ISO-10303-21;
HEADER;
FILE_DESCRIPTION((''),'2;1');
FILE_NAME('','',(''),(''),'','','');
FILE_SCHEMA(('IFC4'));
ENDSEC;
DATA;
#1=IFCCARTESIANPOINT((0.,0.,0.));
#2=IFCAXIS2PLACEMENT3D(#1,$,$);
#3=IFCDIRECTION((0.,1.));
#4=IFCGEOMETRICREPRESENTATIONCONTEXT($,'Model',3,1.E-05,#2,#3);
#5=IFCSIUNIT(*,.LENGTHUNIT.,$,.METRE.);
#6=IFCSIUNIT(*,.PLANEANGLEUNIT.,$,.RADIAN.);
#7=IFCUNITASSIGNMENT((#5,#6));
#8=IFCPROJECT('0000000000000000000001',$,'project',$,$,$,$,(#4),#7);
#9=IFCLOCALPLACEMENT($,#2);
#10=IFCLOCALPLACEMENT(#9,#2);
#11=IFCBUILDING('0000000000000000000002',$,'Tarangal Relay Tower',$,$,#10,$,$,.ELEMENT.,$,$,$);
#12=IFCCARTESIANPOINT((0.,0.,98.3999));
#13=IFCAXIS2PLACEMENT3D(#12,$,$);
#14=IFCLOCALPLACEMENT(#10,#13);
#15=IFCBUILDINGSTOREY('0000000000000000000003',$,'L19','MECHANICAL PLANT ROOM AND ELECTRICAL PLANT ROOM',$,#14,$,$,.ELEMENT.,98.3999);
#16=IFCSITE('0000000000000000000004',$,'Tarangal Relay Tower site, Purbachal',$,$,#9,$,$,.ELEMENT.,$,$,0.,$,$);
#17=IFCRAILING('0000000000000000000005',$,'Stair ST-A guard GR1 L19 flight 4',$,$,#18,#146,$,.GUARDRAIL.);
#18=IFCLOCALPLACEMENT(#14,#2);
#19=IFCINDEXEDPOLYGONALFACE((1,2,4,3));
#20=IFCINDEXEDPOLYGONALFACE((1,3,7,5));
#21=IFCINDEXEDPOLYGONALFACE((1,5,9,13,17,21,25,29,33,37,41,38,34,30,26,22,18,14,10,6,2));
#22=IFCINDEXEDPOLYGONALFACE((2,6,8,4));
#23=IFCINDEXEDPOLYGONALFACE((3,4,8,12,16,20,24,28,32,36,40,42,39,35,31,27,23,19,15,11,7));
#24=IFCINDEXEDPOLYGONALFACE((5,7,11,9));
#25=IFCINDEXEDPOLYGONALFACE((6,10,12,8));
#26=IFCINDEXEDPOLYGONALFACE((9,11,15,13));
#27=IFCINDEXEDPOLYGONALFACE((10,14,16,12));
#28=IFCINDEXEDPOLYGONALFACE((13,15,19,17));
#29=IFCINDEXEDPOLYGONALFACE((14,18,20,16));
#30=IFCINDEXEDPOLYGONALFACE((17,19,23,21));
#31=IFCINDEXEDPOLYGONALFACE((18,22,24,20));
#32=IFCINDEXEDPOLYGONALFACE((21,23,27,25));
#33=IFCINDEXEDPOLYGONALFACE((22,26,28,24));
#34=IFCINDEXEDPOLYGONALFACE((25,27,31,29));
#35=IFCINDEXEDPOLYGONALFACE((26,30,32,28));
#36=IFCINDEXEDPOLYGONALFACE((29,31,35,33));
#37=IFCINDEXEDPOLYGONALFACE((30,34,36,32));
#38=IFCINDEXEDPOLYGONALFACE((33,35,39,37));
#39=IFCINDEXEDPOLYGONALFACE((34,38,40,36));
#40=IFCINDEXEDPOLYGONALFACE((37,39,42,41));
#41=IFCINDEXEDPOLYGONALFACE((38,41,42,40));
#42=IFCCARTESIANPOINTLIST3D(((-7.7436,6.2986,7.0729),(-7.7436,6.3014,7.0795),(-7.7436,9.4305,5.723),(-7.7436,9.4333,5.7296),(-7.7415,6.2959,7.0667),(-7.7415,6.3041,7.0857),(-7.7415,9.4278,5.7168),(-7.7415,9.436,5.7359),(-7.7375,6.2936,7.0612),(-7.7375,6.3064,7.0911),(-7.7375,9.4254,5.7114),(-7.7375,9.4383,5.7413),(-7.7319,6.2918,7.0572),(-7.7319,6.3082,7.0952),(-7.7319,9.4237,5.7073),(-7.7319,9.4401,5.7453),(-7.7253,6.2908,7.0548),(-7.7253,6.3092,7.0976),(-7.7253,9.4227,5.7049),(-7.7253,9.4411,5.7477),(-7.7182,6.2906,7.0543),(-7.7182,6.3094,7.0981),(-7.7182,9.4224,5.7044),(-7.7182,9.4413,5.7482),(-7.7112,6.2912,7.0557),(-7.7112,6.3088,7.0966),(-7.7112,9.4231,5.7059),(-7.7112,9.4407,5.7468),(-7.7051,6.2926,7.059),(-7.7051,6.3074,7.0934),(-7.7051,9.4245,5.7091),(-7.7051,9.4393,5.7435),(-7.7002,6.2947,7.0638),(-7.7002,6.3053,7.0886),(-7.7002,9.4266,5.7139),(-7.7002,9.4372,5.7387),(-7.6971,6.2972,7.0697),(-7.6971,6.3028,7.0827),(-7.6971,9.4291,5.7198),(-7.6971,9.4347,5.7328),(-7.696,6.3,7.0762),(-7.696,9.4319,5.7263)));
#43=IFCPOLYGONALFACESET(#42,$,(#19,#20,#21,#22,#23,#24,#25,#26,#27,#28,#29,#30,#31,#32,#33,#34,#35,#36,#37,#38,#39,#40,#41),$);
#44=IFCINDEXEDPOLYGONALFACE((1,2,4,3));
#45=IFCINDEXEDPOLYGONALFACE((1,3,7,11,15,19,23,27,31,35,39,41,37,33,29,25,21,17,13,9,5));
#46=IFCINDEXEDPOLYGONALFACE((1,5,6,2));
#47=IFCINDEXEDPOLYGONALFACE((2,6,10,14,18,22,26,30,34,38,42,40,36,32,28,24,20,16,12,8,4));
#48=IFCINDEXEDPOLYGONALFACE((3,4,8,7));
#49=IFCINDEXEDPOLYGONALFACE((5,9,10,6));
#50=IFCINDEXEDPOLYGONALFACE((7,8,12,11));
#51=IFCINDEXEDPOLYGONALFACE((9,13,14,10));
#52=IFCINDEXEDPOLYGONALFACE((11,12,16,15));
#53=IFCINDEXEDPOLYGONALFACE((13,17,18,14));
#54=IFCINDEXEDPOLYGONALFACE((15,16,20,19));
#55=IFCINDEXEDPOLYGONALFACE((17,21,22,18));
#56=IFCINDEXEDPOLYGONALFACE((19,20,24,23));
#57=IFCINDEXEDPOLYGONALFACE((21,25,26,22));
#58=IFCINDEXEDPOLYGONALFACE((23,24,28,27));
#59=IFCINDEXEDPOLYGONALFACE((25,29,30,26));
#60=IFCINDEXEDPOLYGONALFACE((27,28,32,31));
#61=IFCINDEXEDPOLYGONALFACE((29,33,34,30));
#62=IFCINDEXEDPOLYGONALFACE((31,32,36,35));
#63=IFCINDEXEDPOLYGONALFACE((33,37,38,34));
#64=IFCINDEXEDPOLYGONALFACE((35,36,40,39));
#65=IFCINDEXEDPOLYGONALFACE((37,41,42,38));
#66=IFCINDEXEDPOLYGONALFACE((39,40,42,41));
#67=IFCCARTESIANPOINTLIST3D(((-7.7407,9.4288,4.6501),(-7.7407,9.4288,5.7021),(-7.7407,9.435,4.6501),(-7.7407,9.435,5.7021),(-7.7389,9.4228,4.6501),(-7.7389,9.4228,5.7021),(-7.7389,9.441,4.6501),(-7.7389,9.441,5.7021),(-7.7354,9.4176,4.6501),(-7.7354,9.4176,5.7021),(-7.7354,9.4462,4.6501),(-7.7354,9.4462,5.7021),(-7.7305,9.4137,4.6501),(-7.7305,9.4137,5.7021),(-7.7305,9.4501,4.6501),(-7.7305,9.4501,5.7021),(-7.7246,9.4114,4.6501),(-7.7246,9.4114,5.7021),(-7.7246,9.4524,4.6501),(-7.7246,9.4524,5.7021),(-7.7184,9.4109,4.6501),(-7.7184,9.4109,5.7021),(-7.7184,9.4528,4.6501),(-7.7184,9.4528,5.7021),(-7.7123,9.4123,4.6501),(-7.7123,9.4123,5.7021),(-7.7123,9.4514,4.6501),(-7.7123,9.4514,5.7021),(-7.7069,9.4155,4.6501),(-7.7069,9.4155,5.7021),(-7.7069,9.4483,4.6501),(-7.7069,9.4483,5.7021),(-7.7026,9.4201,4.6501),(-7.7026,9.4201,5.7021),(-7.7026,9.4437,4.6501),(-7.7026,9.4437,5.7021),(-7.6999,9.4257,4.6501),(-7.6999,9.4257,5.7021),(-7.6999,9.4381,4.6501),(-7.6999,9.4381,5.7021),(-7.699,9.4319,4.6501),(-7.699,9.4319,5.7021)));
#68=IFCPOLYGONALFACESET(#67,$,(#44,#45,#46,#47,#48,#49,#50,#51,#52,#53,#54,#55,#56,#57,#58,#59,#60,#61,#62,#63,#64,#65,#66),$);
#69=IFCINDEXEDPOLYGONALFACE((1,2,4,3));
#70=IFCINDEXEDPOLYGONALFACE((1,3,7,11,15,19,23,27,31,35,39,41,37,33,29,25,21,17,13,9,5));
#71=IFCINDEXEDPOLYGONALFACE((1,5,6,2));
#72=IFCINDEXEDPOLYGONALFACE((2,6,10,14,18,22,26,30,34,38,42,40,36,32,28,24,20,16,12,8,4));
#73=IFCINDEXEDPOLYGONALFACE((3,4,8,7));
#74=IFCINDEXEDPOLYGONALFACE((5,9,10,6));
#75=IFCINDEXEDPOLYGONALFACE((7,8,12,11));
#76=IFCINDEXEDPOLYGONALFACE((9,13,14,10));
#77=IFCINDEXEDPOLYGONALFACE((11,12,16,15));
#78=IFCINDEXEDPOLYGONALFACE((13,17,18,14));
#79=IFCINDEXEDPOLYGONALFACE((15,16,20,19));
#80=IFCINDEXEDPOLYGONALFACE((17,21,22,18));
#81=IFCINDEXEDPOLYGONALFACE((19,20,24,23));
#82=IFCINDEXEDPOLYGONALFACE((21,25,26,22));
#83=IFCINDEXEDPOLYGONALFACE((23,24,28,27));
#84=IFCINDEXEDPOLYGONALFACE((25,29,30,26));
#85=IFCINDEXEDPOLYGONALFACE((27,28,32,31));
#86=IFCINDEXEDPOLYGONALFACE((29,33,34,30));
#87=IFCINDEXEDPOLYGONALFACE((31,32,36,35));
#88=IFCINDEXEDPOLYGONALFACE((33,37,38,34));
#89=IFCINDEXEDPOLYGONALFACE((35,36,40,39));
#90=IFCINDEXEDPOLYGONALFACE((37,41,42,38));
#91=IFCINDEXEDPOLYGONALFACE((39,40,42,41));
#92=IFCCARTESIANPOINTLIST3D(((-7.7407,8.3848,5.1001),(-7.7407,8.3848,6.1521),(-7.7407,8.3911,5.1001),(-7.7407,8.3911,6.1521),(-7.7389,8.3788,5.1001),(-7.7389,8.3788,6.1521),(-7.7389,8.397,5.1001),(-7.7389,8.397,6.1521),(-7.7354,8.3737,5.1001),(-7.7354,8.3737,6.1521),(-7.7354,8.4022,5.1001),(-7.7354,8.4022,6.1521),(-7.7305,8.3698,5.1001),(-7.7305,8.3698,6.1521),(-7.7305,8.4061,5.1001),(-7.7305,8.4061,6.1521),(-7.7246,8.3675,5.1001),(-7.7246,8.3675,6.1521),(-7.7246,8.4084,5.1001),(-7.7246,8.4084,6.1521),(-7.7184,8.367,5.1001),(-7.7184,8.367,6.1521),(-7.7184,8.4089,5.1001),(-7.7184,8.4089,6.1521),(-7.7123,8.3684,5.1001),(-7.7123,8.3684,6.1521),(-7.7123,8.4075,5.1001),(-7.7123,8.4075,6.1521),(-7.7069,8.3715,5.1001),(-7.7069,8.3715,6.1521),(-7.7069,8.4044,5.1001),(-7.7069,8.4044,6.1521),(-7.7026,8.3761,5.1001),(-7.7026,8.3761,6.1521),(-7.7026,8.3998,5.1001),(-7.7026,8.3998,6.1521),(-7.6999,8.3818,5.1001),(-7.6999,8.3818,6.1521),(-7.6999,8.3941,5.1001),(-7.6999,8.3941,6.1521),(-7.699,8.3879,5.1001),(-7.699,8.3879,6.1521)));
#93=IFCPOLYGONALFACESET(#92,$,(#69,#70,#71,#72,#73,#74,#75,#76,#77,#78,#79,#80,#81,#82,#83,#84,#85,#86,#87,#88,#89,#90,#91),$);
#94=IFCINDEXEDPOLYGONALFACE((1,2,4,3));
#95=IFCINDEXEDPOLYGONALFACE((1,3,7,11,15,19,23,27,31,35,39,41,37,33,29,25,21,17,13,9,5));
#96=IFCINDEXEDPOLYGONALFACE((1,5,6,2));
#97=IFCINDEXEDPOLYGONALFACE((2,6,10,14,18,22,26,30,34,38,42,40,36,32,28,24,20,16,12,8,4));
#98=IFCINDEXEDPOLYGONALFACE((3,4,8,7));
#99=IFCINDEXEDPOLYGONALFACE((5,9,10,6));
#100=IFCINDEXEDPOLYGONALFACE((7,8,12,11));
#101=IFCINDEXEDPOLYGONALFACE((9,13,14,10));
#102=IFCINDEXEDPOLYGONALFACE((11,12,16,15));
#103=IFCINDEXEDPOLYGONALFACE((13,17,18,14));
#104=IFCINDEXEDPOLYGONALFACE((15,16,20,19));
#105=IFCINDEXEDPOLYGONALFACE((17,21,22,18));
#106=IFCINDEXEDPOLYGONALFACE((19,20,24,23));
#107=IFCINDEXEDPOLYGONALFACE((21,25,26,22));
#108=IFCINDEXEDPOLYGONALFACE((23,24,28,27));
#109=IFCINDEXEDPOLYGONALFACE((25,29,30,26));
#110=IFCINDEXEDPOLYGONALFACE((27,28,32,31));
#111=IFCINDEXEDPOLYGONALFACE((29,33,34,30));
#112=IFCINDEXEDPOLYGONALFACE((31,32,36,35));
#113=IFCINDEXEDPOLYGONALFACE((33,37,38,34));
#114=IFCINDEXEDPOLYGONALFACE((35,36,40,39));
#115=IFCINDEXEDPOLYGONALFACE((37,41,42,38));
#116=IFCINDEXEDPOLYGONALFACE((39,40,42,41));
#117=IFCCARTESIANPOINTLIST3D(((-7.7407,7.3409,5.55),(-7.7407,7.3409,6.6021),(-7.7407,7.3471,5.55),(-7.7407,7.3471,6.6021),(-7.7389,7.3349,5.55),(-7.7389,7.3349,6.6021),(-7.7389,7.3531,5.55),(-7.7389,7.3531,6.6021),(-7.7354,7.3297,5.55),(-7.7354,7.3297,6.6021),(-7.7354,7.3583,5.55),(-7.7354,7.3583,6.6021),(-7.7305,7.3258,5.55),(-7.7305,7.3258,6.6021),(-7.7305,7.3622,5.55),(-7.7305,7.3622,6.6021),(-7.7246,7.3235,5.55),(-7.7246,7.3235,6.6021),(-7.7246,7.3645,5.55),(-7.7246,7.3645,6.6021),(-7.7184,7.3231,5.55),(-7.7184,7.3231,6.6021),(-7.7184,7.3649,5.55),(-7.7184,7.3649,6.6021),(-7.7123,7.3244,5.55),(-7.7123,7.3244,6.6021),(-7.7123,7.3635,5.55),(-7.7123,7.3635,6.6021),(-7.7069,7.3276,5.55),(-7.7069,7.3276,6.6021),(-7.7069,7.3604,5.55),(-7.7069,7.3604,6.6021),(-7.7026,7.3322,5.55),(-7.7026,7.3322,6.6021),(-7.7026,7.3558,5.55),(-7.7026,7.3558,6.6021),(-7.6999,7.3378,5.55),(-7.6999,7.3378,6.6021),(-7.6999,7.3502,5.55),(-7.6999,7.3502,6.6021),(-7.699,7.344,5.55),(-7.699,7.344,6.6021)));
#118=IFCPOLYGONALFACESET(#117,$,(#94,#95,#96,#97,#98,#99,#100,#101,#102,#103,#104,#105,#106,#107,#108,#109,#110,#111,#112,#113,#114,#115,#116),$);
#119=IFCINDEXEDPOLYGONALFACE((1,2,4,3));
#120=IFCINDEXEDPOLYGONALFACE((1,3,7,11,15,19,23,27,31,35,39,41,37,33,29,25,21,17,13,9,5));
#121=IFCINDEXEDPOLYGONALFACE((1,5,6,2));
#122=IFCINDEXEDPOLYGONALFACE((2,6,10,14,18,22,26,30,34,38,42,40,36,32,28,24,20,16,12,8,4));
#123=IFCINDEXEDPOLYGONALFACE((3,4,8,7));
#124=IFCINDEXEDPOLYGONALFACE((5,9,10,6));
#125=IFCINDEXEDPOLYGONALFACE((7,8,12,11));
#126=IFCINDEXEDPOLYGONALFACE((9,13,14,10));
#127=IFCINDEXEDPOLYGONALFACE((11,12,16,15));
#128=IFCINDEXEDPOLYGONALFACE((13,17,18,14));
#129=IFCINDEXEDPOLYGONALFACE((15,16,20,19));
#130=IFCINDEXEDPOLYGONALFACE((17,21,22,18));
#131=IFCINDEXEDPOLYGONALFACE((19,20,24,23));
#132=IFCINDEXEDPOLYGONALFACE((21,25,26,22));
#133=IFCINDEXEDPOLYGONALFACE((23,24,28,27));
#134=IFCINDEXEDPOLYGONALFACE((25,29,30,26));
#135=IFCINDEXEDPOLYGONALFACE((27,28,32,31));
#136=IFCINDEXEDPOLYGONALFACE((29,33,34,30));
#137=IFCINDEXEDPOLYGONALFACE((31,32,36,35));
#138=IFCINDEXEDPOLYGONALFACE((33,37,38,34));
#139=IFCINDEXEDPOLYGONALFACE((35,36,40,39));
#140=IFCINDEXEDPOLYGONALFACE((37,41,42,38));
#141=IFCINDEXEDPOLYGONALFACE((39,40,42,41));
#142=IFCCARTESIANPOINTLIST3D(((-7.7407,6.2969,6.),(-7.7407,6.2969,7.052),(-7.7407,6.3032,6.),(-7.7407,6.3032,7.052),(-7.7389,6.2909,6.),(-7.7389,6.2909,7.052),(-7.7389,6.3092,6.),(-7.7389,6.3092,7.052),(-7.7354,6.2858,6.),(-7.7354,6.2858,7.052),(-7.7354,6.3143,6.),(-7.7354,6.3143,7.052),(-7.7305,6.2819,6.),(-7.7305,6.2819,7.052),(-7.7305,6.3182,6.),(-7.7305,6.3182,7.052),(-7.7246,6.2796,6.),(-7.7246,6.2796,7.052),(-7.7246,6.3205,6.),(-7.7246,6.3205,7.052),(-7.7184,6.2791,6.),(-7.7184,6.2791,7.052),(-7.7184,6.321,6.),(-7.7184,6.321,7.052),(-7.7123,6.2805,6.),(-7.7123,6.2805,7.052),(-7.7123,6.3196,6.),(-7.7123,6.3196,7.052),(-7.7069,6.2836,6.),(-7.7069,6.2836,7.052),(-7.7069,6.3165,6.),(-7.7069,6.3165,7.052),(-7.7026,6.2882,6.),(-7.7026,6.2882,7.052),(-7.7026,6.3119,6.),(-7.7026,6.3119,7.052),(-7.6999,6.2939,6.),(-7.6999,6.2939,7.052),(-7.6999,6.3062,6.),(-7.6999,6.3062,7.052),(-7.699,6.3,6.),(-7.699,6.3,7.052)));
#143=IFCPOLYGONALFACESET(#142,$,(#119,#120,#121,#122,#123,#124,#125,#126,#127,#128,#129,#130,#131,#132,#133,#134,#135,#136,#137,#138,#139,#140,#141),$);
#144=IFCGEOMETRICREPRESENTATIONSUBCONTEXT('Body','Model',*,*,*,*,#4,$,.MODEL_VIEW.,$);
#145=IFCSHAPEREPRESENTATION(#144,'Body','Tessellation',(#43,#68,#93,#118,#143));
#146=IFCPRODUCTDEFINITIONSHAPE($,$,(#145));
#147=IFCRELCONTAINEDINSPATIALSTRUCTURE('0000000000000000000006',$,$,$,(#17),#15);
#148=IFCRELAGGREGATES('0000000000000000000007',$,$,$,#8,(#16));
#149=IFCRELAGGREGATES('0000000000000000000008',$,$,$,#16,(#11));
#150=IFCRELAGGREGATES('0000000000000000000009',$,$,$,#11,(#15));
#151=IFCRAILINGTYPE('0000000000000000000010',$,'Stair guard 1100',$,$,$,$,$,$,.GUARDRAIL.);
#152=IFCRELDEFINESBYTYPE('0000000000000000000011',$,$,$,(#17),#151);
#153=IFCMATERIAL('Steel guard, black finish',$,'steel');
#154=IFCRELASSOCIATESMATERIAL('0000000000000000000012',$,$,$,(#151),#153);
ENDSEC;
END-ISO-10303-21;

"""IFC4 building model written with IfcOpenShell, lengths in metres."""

from ifc_helpers import new_model, si_unit, direction, frame, origin, origin_2d, place, context, subcontext, project, spatial, circle, extrude, material, type_object, element, save


model = new_model("IFC4")

# Units and contexts
model_context = context("Model", 3, precision=1e-05, world=origin(), true_north=direction((0.0, 1.0)))
body_context = subcontext(model_context, "Body", "Model", "MODEL_VIEW")
ifc_project = project(units=[si_unit("LENGTHUNIT", "METRE"), si_unit("PLANEANGLEUNIT", "RADIAN")], contexts=[model_context])

# Site, building, storey
site_placement = place(None, origin())
site = spatial("IfcSite", under=ifc_project, at=site_placement, Name="Tarangal Relay Tower site, Purbachal", CompositionType="ELEMENT", RefElevation=0.0)
building_placement = place(site_placement, origin())
building = spatial("IfcBuilding", under=site, at=building_placement, Name="Tarangal Relay Tower", CompositionType="ELEMENT")
storey_placement = place(building_placement, frame((0.0, 0.0, 98.3999)))
storey = spatial("IfcBuildingStorey", under=building, at=storey_placement, Name="L19", Description="MECHANICAL PLANT ROOM AND ELECTRICAL PLANT ROOM", CompositionType="ELEMENT", Elevation=98.3999)

# Railing
ifc_material_1 = material(Name="Steel guard, black finish", Category="steel")
railing_type = type_object("IfcRailingType", Name="Stair guard 1100", PredefinedType="GUARDRAIL", material=ifc_material_1)
railing_1_placement = place(storey_placement, frame((-7.72, 9.4319, 4.6501)))
element("IfcRailing", 1, at=railing_1_placement, inside=storey, type_object=railing_type, Name="Stair ST-A guard GR1 L19 flight 4", PredefinedType="GUARDRAIL", context=body_context, shape_type="SweptSolid", body=[
    extrude(circle(Radius=0.0239, at=origin_2d()), frame((0.0, 0.0, 1.0762), z_axis=(0.0, -0.918332, 0.395811), x_axis=(1.0, 0.0, 0.0)), (0.0, 0.0, 1.0), 3.4104),
    extrude(circle(Radius=0.021, at=origin_2d()), origin(), (0.0, 0.0, 1.0), 1.052),
    extrude(circle(Radius=0.021, at=origin_2d()), frame((0.0, -1.0439, 0.45)), (0.0, 0.0, 1.0), 1.052),
    extrude(circle(Radius=0.021, at=origin_2d()), frame((0.0, -2.0879, 0.8999)), (0.0, 0.0, 1.0), 1.052),
    extrude(circle(Radius=0.021, at=origin_2d()), frame((0.0, -3.1318, 1.3499)), (0.0, 0.0, 1.0), 1.052),
])

save(model, "model.ifc")
